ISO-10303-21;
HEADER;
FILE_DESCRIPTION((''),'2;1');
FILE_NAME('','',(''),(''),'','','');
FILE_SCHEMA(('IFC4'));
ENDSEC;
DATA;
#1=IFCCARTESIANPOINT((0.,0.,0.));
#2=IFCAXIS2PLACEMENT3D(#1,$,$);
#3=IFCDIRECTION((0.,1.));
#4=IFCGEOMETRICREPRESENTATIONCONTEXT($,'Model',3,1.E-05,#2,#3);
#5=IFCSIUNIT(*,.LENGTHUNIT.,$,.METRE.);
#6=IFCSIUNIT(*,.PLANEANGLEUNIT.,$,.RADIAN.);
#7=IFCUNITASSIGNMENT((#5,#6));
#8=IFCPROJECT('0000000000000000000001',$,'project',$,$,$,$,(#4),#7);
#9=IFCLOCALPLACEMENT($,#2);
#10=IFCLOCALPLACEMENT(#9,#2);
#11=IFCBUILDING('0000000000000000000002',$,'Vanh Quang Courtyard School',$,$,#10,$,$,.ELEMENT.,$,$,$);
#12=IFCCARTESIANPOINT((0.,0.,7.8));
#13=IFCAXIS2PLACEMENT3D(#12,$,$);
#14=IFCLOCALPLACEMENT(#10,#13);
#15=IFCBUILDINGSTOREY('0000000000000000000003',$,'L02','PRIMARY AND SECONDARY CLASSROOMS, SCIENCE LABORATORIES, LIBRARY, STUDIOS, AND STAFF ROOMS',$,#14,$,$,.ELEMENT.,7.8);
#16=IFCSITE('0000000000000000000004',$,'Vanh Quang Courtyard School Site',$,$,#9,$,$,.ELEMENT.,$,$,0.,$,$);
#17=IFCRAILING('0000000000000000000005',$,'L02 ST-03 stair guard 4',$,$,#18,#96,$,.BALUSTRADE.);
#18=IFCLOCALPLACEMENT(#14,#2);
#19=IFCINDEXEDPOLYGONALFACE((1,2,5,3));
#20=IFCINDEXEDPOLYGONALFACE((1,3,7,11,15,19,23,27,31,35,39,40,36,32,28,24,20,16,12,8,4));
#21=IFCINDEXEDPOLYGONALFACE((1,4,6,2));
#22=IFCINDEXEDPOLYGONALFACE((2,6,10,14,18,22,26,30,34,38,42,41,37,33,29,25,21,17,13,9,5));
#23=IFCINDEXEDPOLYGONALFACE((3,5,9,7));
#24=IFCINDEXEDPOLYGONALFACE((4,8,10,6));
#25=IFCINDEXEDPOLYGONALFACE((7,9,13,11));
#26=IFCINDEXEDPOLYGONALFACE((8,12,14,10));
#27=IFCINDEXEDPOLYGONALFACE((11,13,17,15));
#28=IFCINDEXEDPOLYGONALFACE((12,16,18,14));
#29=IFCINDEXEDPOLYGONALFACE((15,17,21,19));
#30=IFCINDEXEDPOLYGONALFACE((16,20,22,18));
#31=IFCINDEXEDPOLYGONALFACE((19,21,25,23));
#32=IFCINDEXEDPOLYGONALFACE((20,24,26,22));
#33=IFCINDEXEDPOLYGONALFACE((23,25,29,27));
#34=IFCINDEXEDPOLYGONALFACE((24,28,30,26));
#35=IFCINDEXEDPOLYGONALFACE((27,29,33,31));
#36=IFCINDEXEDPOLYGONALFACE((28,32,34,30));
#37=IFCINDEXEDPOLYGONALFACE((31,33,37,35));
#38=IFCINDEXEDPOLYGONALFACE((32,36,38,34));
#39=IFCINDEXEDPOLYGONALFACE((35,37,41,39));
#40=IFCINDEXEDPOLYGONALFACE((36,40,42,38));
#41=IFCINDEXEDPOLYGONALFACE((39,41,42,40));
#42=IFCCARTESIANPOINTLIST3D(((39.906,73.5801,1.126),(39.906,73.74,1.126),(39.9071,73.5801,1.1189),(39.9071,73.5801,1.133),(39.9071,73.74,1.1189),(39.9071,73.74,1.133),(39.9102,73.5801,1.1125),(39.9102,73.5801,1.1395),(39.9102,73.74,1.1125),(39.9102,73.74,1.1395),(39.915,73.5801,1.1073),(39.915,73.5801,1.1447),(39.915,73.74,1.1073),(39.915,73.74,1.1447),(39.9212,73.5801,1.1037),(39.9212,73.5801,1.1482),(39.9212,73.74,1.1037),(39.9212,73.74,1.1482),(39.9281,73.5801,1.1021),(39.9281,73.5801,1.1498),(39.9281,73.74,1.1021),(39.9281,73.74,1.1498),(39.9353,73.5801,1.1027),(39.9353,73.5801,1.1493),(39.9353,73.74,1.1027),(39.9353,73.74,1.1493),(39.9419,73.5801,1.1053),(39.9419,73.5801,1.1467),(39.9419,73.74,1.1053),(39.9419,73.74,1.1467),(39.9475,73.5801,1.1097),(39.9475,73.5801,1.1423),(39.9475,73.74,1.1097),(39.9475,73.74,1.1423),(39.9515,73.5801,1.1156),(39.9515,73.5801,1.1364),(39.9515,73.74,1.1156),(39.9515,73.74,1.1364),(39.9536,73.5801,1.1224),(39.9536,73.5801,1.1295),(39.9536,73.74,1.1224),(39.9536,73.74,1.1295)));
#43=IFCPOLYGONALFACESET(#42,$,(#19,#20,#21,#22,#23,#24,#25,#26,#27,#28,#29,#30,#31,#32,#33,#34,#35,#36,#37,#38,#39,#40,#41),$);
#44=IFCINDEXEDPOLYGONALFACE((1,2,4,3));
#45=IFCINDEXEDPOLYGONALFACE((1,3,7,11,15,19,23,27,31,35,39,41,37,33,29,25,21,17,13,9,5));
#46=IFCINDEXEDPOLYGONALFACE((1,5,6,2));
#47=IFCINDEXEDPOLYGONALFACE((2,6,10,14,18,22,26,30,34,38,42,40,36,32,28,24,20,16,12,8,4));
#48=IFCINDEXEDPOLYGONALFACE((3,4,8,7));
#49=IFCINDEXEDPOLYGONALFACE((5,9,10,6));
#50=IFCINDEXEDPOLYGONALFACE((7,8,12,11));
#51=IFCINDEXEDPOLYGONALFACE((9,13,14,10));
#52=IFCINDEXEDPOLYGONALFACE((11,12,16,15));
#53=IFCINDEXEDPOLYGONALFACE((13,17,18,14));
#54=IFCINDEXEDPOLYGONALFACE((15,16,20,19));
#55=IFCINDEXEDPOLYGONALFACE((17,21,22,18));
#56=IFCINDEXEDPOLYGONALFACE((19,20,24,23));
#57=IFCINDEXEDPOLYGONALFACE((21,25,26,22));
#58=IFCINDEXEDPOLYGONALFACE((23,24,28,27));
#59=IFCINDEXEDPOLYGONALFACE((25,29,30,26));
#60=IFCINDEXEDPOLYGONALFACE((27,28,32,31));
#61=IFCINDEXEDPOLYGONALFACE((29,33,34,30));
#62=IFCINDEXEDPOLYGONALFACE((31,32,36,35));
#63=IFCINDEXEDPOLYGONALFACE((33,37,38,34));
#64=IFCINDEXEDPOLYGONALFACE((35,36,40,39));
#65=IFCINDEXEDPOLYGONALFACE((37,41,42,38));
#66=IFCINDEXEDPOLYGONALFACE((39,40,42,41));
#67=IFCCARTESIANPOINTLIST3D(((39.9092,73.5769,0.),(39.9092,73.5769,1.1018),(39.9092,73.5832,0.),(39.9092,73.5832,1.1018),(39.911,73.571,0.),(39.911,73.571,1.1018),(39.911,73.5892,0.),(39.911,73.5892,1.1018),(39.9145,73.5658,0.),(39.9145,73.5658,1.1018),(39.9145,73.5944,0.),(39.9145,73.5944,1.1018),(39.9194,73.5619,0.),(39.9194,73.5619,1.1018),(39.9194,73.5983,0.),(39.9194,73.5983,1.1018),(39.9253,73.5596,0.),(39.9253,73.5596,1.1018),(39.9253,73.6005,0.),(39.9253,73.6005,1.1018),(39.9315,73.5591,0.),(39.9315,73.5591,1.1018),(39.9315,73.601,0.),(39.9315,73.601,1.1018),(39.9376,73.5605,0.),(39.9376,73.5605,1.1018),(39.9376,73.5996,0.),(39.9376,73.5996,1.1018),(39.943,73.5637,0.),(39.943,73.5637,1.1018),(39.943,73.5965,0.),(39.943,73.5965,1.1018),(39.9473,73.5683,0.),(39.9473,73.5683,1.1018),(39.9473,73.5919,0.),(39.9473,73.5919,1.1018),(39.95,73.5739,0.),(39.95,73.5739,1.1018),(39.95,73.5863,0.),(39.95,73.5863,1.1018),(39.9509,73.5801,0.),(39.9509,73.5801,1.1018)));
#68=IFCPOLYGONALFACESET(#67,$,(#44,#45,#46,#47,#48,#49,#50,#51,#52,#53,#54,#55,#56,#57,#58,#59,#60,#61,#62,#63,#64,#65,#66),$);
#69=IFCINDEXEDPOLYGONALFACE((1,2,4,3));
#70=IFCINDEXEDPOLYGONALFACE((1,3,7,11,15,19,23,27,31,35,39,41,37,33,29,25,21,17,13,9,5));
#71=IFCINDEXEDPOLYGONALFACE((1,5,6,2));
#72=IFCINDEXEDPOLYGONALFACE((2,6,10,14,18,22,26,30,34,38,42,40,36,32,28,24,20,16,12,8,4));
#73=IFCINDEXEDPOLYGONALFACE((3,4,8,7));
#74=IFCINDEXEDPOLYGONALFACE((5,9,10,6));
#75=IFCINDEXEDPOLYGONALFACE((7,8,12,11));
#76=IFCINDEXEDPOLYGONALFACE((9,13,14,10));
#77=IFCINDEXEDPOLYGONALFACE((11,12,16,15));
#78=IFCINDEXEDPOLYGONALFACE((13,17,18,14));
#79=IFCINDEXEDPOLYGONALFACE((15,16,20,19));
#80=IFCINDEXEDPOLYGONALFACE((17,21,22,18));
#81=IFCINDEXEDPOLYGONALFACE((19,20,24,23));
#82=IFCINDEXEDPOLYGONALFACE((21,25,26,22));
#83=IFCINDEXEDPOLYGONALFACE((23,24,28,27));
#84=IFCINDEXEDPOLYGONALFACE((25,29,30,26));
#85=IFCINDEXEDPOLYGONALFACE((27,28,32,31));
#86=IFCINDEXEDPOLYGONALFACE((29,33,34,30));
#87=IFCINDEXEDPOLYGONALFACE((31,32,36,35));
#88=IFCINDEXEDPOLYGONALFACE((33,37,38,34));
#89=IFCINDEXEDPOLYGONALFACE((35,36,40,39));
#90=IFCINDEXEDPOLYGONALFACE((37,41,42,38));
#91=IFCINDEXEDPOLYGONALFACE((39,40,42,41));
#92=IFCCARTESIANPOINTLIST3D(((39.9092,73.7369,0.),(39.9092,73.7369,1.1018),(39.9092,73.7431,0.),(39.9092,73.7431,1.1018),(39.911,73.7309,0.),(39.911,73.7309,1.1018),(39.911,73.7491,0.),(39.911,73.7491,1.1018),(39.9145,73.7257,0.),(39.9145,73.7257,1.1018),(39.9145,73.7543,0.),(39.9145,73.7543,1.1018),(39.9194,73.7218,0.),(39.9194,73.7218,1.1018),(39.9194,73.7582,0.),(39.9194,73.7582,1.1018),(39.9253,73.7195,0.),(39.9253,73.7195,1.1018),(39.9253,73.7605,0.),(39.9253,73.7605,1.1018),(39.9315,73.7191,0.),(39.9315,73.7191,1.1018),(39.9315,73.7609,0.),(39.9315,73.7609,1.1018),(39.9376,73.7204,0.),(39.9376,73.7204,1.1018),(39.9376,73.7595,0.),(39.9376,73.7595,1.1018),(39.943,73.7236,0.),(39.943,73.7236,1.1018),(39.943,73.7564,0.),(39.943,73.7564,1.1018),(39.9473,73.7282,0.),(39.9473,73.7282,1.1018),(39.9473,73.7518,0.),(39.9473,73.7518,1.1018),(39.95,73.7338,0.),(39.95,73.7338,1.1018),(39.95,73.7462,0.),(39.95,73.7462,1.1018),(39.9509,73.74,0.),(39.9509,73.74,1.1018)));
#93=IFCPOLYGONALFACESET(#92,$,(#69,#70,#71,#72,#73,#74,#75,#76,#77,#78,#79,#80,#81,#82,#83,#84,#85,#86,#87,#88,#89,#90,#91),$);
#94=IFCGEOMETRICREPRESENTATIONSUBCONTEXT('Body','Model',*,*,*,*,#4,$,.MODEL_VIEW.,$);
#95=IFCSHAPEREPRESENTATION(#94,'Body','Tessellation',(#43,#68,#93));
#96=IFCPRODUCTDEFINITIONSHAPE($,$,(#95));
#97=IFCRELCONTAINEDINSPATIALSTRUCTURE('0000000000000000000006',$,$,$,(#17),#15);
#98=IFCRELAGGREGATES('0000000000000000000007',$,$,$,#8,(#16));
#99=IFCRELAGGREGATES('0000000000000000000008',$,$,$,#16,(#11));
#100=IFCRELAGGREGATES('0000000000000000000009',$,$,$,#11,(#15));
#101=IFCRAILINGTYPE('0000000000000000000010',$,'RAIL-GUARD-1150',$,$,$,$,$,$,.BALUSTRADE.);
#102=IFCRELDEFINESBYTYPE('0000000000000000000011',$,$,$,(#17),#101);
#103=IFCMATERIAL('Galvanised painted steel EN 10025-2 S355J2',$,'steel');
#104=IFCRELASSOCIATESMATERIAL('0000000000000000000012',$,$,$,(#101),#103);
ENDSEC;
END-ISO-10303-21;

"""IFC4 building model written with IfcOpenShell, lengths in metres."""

from ifc_helpers import new_model, si_unit, direction, frame, origin, origin_2d, place, context, subcontext, project, spatial, circle, extrude, material, type_object, element, save


model = new_model("IFC4")

# Units and contexts
model_context = context("Model", 3, precision=1e-05, world=origin(), true_north=direction((0.0, 1.0)))
body_context = subcontext(model_context, "Body", "Model", "MODEL_VIEW")
ifc_project = project(units=[si_unit("LENGTHUNIT", "METRE"), si_unit("PLANEANGLEUNIT", "RADIAN")], contexts=[model_context])

# Site, building, storey
site_placement = place(None, origin())
site = spatial("IfcSite", under=ifc_project, at=site_placement, Name="Vanh Quang Courtyard School Site", CompositionType="ELEMENT", RefElevation=0.0)
building_placement = place(site_placement, origin())
building = spatial("IfcBuilding", under=site, at=building_placement, Name="Vanh Quang Courtyard School", CompositionType="ELEMENT")
storey_placement = place(building_placement, frame((0.0, 0.0, 7.8)))
storey = spatial("IfcBuildingStorey", under=building, at=storey_placement, Name="L02", Description="PRIMARY AND SECONDARY CLASSROOMS, SCIENCE LABORATORIES, LIBRARY, STUDIOS, AND STAFF ROOMS", CompositionType="ELEMENT", Elevation=7.8)

# Railing
ifc_material_1 = material(Name="Galvanised painted steel EN 10025-2 S355J2", Category="steel")
railing_type_1 = type_object("IfcRailingType", Name="RAIL-GUARD-1150", PredefinedType="BALUSTRADE", material=ifc_material_1)
railing_1_placement = place(storey_placement, frame((39.9299, 73.5801, 0.0)))
element("IfcRailing", 1, at=railing_1_placement, inside=storey, type_object=railing_type_1, Name="L02 ST-03 stair guard 4", PredefinedType="BALUSTRADE", context=body_context, shape_type="SweptSolid", body=[
    extrude(circle(Radius=0.0239, at=origin_2d()), frame((0.0, 0.0, 1.126), z_axis=(0.0, 1.0, 0.0), x_axis=(-1.0, 0.0, 0.0)), (0.0, 0.0, 1.0), 0.1599),
    extrude(circle(Radius=0.021, at=origin_2d()), origin(), (0.0, 0.0, 1.0), 1.1018),
    extrude(circle(Radius=0.021, at=origin_2d()), frame((0.0, 0.1599, 0.0)), (0.0, 0.0, 1.0), 1.1018),
])

save(model, "model.ifc")
